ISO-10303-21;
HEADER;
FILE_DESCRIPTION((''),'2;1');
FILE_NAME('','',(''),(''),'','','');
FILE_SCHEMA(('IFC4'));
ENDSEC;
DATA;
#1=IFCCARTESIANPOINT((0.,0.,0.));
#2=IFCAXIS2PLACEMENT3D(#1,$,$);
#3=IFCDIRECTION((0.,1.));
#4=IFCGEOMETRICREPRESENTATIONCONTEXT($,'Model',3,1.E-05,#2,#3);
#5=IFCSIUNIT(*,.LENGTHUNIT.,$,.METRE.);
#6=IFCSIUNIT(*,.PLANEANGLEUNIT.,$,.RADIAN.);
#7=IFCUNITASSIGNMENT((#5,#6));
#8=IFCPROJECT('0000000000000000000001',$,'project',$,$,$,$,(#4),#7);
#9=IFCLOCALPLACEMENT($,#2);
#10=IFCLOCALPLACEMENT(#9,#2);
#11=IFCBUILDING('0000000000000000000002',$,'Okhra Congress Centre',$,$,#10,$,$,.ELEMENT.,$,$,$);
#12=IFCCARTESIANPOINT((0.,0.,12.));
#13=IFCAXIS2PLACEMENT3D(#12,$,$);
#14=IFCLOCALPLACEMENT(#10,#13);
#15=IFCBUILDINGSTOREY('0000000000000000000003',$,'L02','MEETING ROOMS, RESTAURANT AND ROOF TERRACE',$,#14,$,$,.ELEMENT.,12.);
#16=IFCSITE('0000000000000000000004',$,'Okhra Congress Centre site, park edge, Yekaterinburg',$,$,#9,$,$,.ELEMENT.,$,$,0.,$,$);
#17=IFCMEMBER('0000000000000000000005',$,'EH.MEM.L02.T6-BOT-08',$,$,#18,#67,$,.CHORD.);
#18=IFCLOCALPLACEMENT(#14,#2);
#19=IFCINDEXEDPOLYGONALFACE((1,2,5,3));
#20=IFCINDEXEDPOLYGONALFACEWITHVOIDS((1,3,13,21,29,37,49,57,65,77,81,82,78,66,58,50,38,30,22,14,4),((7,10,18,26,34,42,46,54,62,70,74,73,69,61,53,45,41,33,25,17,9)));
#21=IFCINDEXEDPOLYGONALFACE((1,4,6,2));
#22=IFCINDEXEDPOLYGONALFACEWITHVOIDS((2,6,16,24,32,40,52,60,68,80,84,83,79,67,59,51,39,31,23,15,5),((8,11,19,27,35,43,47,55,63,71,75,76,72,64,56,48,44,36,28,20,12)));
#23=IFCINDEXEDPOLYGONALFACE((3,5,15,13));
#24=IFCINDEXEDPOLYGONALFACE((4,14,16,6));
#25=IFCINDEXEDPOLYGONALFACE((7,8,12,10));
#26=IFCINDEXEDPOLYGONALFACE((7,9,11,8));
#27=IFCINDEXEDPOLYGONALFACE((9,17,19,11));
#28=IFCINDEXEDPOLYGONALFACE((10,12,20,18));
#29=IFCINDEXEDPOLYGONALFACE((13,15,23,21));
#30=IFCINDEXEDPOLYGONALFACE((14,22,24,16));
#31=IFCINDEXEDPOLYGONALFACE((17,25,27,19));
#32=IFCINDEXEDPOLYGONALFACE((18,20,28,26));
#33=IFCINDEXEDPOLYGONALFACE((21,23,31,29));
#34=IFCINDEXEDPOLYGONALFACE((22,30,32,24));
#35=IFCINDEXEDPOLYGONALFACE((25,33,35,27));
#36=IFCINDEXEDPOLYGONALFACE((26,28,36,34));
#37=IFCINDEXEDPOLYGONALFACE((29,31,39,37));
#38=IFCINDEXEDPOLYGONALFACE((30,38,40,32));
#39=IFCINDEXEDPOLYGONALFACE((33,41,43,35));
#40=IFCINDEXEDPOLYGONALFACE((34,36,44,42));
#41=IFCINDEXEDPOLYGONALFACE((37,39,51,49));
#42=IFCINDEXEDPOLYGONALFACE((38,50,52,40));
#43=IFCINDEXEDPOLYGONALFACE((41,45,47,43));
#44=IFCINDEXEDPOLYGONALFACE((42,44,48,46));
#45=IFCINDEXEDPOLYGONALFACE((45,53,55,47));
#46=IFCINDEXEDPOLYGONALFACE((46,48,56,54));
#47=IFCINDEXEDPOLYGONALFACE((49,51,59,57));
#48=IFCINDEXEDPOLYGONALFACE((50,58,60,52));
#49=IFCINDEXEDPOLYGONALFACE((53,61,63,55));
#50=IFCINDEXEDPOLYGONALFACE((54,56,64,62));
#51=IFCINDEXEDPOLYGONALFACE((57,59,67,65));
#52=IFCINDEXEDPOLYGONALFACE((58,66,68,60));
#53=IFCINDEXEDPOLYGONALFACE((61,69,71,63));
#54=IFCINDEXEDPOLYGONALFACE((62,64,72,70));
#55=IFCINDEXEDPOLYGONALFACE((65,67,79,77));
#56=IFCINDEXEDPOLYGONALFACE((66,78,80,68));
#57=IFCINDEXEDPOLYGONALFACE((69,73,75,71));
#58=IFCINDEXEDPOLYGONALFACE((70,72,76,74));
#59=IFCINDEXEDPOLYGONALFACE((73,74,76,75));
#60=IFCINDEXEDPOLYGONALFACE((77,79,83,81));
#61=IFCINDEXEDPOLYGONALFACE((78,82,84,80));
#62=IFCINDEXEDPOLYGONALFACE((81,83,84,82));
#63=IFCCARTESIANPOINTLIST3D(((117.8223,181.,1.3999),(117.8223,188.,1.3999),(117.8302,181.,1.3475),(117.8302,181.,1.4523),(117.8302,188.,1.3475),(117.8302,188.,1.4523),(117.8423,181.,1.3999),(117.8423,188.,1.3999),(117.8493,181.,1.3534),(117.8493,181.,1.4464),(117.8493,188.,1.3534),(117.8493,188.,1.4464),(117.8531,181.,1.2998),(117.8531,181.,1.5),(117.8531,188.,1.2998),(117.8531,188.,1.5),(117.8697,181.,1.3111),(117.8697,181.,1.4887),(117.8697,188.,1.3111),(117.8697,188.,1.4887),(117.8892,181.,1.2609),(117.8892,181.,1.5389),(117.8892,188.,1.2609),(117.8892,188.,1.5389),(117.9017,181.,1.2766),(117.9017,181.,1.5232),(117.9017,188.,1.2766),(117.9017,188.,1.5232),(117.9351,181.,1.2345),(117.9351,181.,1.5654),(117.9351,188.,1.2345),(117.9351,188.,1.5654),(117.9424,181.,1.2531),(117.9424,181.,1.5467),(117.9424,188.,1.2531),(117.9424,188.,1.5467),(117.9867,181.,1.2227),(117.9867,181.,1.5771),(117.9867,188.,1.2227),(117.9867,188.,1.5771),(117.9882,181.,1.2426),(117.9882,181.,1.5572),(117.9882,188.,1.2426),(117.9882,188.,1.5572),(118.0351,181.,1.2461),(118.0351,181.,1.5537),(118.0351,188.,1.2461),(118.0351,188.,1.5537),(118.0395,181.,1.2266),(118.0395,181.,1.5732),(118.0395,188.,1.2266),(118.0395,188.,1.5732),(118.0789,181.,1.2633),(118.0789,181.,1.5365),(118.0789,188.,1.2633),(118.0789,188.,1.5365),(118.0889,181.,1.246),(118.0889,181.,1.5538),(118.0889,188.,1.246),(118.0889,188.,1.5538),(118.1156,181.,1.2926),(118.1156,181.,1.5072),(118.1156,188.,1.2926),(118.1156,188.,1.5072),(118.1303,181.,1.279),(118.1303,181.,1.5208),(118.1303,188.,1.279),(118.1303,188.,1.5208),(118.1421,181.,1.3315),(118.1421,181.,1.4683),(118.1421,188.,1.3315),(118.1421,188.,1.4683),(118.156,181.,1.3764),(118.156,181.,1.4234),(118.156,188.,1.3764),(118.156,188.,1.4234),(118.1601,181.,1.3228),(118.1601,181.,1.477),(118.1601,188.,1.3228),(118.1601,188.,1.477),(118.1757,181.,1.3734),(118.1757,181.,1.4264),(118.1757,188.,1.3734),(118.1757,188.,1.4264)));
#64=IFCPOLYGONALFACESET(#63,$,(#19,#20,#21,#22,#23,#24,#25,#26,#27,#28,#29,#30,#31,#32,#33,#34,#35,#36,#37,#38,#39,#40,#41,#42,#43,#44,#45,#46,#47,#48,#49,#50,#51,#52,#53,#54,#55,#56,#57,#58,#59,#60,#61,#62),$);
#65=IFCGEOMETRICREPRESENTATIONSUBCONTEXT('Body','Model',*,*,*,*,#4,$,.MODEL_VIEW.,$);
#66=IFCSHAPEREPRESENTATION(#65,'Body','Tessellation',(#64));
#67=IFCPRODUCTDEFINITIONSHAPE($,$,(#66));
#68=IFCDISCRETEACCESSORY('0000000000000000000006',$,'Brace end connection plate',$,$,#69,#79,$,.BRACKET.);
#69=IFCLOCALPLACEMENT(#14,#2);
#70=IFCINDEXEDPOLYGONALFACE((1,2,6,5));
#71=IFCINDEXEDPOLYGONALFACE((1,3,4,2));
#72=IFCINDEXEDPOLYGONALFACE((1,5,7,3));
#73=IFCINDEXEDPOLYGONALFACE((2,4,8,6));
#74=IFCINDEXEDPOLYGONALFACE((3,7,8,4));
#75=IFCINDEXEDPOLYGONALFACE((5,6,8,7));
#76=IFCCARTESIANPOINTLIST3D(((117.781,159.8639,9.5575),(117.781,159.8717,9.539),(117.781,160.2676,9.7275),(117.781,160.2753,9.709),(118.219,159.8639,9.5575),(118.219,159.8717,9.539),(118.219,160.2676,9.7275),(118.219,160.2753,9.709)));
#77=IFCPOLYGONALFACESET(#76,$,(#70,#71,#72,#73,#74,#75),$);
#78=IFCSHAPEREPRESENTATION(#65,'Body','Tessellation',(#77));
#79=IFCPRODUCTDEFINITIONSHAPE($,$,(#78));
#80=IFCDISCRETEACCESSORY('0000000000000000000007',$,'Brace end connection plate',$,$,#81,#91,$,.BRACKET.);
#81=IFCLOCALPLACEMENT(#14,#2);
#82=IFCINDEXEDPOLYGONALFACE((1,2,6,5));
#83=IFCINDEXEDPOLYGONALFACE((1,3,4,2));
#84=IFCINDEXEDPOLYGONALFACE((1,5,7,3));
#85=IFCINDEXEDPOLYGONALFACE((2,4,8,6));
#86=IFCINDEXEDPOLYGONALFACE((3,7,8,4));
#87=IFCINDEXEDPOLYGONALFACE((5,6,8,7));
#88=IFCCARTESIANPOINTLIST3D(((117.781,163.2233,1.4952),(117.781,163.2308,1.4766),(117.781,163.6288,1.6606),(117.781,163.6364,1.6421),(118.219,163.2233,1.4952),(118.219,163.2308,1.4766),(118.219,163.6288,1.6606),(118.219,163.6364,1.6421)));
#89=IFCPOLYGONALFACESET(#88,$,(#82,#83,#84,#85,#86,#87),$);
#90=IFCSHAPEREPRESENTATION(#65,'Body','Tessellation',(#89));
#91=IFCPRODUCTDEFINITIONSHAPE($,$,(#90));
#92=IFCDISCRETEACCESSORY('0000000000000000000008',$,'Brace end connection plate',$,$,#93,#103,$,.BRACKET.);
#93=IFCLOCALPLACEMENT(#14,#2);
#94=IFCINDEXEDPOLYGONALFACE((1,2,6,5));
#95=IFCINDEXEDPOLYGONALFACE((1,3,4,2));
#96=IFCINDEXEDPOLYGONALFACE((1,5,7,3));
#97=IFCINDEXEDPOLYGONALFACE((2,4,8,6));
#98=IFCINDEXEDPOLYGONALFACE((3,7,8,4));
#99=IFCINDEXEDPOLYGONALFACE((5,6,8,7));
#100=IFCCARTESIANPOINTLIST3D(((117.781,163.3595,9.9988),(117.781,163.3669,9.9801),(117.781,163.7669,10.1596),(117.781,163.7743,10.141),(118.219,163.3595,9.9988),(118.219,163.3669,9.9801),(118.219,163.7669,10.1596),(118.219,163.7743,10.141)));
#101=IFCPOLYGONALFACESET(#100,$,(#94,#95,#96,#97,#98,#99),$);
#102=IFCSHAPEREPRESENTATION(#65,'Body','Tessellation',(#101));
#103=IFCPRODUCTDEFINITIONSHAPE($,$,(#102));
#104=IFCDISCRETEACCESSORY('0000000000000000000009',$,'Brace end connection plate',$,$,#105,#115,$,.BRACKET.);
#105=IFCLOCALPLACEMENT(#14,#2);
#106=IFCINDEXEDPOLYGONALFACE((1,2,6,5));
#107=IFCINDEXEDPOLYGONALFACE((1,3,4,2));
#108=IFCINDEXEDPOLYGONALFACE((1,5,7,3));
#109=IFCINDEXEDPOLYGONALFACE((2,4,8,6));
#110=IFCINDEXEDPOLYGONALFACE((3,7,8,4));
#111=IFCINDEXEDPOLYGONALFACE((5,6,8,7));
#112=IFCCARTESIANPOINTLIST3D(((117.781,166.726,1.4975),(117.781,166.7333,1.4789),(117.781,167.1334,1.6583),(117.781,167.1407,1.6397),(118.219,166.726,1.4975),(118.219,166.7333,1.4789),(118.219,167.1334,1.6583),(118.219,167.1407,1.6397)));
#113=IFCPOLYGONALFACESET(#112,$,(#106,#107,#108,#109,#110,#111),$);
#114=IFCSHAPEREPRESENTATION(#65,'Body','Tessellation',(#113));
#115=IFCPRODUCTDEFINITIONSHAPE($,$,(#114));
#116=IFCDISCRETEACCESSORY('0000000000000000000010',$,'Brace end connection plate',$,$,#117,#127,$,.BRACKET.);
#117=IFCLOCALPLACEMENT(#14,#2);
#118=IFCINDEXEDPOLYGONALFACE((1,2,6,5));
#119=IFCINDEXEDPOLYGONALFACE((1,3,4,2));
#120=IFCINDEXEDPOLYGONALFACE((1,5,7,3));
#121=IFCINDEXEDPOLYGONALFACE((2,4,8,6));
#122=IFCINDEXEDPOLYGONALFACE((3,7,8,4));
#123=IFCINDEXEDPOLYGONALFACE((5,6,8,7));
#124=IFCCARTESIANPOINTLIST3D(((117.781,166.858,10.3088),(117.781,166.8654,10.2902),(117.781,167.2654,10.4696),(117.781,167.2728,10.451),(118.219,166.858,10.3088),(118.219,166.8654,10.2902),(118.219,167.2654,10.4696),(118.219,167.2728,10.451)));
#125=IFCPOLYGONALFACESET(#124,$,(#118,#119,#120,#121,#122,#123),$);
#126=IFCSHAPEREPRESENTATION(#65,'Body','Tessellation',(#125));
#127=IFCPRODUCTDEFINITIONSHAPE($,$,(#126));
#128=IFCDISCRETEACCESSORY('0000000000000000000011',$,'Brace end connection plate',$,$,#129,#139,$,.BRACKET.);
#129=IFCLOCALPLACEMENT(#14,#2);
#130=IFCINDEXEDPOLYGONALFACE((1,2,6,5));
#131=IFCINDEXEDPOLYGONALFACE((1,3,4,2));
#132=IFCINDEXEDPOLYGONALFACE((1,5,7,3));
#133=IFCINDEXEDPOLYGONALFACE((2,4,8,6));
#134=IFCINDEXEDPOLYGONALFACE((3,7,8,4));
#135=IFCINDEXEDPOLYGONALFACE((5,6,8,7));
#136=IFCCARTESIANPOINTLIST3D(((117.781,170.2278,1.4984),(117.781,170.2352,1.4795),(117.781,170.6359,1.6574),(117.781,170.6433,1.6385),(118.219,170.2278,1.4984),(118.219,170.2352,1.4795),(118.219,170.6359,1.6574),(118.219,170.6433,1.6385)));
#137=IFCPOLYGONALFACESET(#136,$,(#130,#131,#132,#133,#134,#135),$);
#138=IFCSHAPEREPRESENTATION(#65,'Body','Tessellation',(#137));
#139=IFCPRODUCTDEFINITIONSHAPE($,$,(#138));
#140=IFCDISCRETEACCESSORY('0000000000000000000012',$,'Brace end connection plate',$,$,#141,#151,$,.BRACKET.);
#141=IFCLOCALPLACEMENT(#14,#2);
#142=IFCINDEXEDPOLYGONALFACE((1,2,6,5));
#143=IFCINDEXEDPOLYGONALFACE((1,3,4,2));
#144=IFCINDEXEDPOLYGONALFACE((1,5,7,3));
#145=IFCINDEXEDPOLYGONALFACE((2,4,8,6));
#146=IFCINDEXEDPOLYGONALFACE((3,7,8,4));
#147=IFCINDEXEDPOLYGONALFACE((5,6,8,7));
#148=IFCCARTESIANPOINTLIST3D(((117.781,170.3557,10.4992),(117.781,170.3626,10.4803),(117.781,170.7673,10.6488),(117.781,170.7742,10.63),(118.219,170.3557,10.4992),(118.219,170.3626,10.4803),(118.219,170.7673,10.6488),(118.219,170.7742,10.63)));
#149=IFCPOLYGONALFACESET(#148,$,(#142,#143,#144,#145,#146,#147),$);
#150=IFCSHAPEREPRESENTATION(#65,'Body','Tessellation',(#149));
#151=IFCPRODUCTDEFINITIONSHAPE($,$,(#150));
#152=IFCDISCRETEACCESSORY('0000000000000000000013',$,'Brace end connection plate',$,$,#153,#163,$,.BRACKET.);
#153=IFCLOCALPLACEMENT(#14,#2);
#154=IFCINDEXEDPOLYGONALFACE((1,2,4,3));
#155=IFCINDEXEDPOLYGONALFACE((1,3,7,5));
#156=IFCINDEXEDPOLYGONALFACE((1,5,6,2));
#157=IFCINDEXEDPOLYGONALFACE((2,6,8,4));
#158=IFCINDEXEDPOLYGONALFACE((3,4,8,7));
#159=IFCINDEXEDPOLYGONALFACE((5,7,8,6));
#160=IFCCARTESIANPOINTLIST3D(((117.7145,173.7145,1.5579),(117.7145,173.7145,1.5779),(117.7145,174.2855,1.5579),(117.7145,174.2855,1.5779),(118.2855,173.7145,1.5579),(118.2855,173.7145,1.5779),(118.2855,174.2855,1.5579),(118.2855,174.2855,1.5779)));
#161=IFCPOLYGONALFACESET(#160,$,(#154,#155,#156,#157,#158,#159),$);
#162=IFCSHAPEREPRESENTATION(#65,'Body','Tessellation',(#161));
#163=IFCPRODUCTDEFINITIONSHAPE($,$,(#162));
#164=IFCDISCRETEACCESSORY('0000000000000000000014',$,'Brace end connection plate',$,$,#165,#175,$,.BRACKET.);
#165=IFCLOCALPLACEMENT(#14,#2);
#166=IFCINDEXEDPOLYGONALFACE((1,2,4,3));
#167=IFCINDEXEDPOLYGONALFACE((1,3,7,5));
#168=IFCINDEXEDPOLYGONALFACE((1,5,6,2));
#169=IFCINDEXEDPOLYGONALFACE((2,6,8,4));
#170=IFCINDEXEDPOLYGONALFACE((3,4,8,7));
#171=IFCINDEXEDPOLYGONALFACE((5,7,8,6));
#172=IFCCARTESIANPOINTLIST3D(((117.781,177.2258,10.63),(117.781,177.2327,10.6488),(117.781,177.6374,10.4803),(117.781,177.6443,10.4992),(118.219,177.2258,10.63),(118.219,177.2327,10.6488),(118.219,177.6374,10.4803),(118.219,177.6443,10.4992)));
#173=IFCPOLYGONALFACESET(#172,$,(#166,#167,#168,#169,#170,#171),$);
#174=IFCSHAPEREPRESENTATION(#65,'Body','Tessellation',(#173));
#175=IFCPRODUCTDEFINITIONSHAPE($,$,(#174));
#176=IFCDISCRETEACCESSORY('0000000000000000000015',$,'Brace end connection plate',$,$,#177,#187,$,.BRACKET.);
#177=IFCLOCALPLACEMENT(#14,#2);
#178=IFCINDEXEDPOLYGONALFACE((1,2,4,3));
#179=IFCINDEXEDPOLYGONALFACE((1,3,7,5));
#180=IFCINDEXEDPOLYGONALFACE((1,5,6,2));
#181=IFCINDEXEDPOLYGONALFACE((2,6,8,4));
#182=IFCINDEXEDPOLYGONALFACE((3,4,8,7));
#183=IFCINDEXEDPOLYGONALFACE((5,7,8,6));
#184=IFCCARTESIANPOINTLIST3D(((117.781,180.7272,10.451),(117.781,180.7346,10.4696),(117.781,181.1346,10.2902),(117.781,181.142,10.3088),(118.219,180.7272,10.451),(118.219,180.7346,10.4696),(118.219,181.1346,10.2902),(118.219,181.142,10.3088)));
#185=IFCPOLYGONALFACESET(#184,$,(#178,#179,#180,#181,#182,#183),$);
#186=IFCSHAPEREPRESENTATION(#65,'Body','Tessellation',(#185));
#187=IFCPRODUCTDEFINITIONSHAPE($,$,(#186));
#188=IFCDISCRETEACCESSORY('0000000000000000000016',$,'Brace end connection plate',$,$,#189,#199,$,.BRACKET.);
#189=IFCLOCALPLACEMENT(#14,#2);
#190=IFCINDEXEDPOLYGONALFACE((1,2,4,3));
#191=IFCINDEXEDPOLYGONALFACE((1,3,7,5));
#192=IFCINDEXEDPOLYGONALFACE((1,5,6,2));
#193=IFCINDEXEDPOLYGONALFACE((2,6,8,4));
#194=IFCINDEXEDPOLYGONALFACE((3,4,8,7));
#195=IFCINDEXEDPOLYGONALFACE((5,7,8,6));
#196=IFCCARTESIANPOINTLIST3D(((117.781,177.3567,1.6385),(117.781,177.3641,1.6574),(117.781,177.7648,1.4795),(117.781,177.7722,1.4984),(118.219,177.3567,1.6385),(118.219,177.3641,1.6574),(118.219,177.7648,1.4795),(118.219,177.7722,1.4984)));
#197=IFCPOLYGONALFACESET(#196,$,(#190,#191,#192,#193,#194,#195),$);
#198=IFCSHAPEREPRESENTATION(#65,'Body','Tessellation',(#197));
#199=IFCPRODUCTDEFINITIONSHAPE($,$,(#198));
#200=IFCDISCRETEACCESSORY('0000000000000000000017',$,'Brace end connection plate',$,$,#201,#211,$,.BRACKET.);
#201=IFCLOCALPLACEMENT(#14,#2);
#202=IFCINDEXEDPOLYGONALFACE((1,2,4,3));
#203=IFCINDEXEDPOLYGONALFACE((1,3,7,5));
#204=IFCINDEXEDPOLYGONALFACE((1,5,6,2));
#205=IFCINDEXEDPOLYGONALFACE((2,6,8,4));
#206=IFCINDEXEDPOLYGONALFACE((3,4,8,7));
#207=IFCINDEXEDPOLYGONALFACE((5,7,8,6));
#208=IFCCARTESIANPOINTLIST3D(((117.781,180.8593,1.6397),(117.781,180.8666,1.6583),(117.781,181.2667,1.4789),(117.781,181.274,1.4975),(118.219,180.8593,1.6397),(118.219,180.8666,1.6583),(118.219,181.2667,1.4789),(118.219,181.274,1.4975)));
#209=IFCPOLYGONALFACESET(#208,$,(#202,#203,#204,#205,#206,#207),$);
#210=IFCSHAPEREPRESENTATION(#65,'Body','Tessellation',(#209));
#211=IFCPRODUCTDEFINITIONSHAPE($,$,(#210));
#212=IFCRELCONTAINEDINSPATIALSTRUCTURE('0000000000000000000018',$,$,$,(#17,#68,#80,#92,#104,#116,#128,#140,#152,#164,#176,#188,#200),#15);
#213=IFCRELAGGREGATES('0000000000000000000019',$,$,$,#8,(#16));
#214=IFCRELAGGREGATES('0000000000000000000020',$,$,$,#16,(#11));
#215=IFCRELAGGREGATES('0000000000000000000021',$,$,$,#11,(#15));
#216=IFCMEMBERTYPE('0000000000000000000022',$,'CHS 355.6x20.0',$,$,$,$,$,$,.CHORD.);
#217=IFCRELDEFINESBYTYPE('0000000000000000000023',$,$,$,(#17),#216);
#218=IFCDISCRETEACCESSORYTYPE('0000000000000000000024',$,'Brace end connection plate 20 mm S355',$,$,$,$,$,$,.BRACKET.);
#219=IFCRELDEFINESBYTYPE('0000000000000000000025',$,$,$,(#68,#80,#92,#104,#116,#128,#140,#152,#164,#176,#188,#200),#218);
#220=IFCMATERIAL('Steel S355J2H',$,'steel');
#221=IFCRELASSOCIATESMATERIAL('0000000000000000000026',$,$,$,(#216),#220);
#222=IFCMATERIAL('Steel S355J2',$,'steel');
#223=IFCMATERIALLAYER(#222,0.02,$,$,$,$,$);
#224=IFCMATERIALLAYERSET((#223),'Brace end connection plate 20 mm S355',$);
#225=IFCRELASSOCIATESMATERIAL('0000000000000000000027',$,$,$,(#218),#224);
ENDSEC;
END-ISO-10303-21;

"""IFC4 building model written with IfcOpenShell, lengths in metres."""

from ifc_helpers import new_model, si_unit, direction, frame, origin, origin_2d, place, context, subcontext, project, spatial, rectangle, hollow_circle, extrude, material, layer, layer_set, material_profile, profile_set, type_object, element, save


model = new_model("IFC4")

# Units and contexts
model_context = context("Model", 3, precision=1e-05, world=origin(), true_north=direction((0.0, 1.0)))
body_context = subcontext(model_context, "Body", "Model", "MODEL_VIEW")
ifc_project = project(units=[si_unit("LENGTHUNIT", "METRE"), si_unit("PLANEANGLEUNIT", "RADIAN")], contexts=[model_context])

# Site, building, storey
site_placement = place(None, origin())
site = spatial("IfcSite", under=ifc_project, at=site_placement, Name="Okhra Congress Centre site, park edge, Yekaterinburg", CompositionType="ELEMENT", RefElevation=0.0)
building_placement = place(site_placement, origin())
building = spatial("IfcBuilding", under=site, at=building_placement, Name="Okhra Congress Centre", CompositionType="ELEMENT")
storey_placement = place(building_placement, frame((0.0, 0.0, 12.0)))
storey = spatial("IfcBuildingStorey", under=building, at=storey_placement, Name="L02", Description="MEETING ROOMS, RESTAURANT AND ROOF TERRACE", CompositionType="ELEMENT", Elevation=12.0)

# Member
ifc_material_1 = material(Name="Steel S355J2H", Category="steel")
ifc_material_profile_1 = material_profile(ifc_material_1, hollow_circle(Radius=0.1777, WallThickness=0.02, at=origin_2d()), Name="CHS 355.6x20.0")
ifc_profile_set_1 = profile_set([ifc_material_profile_1], Name="Steel S355J2H")
member_type_1 = type_object("IfcMemberType", Name="CHS 355.6x20.0", PredefinedType="CHORD", material=ifc_profile_set_1)
for number, where, z_axis, x_axis, name in (
    (1, (118.0, 181.0, 1.3999), (0.0, 1.0, 0.0), (-1.0, 0.0, 0.0), "EH.MEM.L02.T6-BOT-08"),
):
    element("IfcMember", number, at=place(storey_placement, frame(where, z_axis=z_axis, x_axis=x_axis)), inside=storey, type_object=member_type_1, Name=name, PredefinedType="CHORD", context=body_context, shape_type="SweptSolid", body=[
        extrude(hollow_circle(Radius=0.1777, WallThickness=0.02, at=origin_2d()), origin(), (0.0, 0.0, 1.0), 7.0),
    ])

# Discrete accessories
ifc_material_2 = material(Name="Steel S355J2", Category="steel")
ifc_layer = layer(ifc_material_2, 0.02)
ifc_layer_set = layer_set([ifc_layer], Name="Brace end connection plate 20 mm S355")
discrete_accessory_type = type_object("IfcDiscreteAccessoryType", Name="Brace end connection plate 20 mm S355", PredefinedType="BRACKET", material=ifc_layer_set)
for number, where, z_axis, x_axis, name in (
    (2, (118.0, 160.0735, 9.624), (0.0, -0.388057, 0.921635), (1.0, 0.0, 0.0), "Brace end connection plate"),
    (3, (118.0, 163.426, 1.5779), (0.0, 0.377684, -0.925935), (-1.0, 0.0, 0.0), "Brace end connection plate"),
    (4, (118.0, 163.5706, 10.0605), (0.0, -0.367167, 0.930155), (1.0, 0.0, 0.0), "Brace end connection plate"),
    (5, (118.0, 166.9297, 1.5779), (0.0, 0.367167, -0.930155), (-1.0, 0.0, 0.0), "Brace end connection plate"),
    (6, (118.0, 167.0691, 10.3706), (0.0, -0.367167, 0.930155), (1.0, 0.0, 0.0), "Brace end connection plate"),
):
    element("IfcDiscreteAccessory", number, at=place(storey_placement, frame(where, z_axis=z_axis, x_axis=x_axis)), inside=storey, type_object=discrete_accessory_type, Name=name, PredefinedType="BRACKET", context=body_context, shape_type="SweptSolid", body=[
        extrude(rectangle(XDim=0.438, YDim=0.438, at=origin_2d()), origin(), (0.0, 0.0, 1.0), 0.02),
    ])
discrete_accessory_1_placement = place(storey_placement, frame((118.0, 170.4319, 1.5779), z_axis=(0.0, 0.36303, -0.931777), x_axis=(-1.0, 0.0, 0.0)))
element("IfcDiscreteAccessory", 7, at=discrete_accessory_1_placement, inside=storey, type_object=discrete_accessory_type, Name="Brace end connection plate", PredefinedType="BRACKET", context=body_context, shape_type="SweptSolid", body=[
    extrude(rectangle(XDim=0.438, YDim=0.438, at=origin_2d()), origin(), (0.0, 0.0, 1.0), 0.0203),
])
discrete_accessory_2_placement = place(storey_placement, frame((118.0, 170.5684, 10.5552), z_axis=(0.0, -0.341743, 0.939793), x_axis=(1.0, 0.0, 0.0)))
element("IfcDiscreteAccessory", 8, at=discrete_accessory_2_placement, inside=storey, type_object=discrete_accessory_type, Name="Brace end connection plate", PredefinedType="BRACKET", context=body_context, shape_type="SweptSolid", body=[
    extrude(rectangle(XDim=0.438, YDim=0.438, at=origin_2d()), origin(), (0.0, 0.0, 1.0), 0.02),
])
discrete_accessory_3_placement = place(storey_placement, frame((118.0, 174.0, 1.5779), z_axis=(0.0, 0.0, -1.0), x_axis=(1.0, 0.0, 0.0)))
element("IfcDiscreteAccessory", 9, at=discrete_accessory_3_placement, inside=storey, type_object=discrete_accessory_type, Name="Brace end connection plate", PredefinedType="BRACKET", context=body_context, shape_type="SweptSolid", body=[
    extrude(rectangle(XDim=0.571, YDim=0.571, at=origin_2d()), origin(), (0.0, 0.0, 1.0), 0.02),
])
for number, where, z_axis, x_axis, name in (
    (10, (118.0, 177.4316, 10.5552), (0.0, 0.341743, 0.939793), (-1.0, 0.0, 0.0), "Brace end connection plate"),
    (11, (118.0, 180.9309, 10.3706), (0.0, 0.367167, 0.930155), (-1.0, 0.0, 0.0), "Brace end connection plate"),
):
    element("IfcDiscreteAccessory", number, at=place(storey_placement, frame(where, z_axis=z_axis, x_axis=x_axis)), inside=storey, type_object=discrete_accessory_type, Name=name, PredefinedType="BRACKET", context=body_context, shape_type="SweptSolid", body=[
        extrude(rectangle(XDim=0.438, YDim=0.438, at=origin_2d()), origin(), (0.0, 0.0, 1.0), 0.02),
    ])
discrete_accessory_4_placement = place(storey_placement, frame((118.0, 177.5681, 1.5779), z_axis=(0.0, -0.36303, -0.931777), x_axis=(1.0, 0.0, 0.0)))
element("IfcDiscreteAccessory", 12, at=discrete_accessory_4_placement, inside=storey, type_object=discrete_accessory_type, Name="Brace end connection plate", PredefinedType="BRACKET", context=body_context, shape_type="SweptSolid", body=[
    extrude(rectangle(XDim=0.438, YDim=0.438, at=origin_2d()), origin(), (0.0, 0.0, 1.0), 0.0203),
])
for number, where, z_axis, x_axis, name in (
    (13, (118.0, 181.0703, 1.5779), (0.0, -0.367167, -0.930155), (1.0, 0.0, 0.0), "Brace end connection plate"),
):
    element("IfcDiscreteAccessory", number, at=place(storey_placement, frame(where, z_axis=z_axis, x_axis=x_axis)), inside=storey, type_object=discrete_accessory_type, Name=name, PredefinedType="BRACKET", context=body_context, shape_type="SweptSolid", body=[
        extrude(rectangle(XDim=0.438, YDim=0.438, at=origin_2d()), origin(), (0.0, 0.0, 1.0), 0.02),
    ])

save(model, "model.ifc")
